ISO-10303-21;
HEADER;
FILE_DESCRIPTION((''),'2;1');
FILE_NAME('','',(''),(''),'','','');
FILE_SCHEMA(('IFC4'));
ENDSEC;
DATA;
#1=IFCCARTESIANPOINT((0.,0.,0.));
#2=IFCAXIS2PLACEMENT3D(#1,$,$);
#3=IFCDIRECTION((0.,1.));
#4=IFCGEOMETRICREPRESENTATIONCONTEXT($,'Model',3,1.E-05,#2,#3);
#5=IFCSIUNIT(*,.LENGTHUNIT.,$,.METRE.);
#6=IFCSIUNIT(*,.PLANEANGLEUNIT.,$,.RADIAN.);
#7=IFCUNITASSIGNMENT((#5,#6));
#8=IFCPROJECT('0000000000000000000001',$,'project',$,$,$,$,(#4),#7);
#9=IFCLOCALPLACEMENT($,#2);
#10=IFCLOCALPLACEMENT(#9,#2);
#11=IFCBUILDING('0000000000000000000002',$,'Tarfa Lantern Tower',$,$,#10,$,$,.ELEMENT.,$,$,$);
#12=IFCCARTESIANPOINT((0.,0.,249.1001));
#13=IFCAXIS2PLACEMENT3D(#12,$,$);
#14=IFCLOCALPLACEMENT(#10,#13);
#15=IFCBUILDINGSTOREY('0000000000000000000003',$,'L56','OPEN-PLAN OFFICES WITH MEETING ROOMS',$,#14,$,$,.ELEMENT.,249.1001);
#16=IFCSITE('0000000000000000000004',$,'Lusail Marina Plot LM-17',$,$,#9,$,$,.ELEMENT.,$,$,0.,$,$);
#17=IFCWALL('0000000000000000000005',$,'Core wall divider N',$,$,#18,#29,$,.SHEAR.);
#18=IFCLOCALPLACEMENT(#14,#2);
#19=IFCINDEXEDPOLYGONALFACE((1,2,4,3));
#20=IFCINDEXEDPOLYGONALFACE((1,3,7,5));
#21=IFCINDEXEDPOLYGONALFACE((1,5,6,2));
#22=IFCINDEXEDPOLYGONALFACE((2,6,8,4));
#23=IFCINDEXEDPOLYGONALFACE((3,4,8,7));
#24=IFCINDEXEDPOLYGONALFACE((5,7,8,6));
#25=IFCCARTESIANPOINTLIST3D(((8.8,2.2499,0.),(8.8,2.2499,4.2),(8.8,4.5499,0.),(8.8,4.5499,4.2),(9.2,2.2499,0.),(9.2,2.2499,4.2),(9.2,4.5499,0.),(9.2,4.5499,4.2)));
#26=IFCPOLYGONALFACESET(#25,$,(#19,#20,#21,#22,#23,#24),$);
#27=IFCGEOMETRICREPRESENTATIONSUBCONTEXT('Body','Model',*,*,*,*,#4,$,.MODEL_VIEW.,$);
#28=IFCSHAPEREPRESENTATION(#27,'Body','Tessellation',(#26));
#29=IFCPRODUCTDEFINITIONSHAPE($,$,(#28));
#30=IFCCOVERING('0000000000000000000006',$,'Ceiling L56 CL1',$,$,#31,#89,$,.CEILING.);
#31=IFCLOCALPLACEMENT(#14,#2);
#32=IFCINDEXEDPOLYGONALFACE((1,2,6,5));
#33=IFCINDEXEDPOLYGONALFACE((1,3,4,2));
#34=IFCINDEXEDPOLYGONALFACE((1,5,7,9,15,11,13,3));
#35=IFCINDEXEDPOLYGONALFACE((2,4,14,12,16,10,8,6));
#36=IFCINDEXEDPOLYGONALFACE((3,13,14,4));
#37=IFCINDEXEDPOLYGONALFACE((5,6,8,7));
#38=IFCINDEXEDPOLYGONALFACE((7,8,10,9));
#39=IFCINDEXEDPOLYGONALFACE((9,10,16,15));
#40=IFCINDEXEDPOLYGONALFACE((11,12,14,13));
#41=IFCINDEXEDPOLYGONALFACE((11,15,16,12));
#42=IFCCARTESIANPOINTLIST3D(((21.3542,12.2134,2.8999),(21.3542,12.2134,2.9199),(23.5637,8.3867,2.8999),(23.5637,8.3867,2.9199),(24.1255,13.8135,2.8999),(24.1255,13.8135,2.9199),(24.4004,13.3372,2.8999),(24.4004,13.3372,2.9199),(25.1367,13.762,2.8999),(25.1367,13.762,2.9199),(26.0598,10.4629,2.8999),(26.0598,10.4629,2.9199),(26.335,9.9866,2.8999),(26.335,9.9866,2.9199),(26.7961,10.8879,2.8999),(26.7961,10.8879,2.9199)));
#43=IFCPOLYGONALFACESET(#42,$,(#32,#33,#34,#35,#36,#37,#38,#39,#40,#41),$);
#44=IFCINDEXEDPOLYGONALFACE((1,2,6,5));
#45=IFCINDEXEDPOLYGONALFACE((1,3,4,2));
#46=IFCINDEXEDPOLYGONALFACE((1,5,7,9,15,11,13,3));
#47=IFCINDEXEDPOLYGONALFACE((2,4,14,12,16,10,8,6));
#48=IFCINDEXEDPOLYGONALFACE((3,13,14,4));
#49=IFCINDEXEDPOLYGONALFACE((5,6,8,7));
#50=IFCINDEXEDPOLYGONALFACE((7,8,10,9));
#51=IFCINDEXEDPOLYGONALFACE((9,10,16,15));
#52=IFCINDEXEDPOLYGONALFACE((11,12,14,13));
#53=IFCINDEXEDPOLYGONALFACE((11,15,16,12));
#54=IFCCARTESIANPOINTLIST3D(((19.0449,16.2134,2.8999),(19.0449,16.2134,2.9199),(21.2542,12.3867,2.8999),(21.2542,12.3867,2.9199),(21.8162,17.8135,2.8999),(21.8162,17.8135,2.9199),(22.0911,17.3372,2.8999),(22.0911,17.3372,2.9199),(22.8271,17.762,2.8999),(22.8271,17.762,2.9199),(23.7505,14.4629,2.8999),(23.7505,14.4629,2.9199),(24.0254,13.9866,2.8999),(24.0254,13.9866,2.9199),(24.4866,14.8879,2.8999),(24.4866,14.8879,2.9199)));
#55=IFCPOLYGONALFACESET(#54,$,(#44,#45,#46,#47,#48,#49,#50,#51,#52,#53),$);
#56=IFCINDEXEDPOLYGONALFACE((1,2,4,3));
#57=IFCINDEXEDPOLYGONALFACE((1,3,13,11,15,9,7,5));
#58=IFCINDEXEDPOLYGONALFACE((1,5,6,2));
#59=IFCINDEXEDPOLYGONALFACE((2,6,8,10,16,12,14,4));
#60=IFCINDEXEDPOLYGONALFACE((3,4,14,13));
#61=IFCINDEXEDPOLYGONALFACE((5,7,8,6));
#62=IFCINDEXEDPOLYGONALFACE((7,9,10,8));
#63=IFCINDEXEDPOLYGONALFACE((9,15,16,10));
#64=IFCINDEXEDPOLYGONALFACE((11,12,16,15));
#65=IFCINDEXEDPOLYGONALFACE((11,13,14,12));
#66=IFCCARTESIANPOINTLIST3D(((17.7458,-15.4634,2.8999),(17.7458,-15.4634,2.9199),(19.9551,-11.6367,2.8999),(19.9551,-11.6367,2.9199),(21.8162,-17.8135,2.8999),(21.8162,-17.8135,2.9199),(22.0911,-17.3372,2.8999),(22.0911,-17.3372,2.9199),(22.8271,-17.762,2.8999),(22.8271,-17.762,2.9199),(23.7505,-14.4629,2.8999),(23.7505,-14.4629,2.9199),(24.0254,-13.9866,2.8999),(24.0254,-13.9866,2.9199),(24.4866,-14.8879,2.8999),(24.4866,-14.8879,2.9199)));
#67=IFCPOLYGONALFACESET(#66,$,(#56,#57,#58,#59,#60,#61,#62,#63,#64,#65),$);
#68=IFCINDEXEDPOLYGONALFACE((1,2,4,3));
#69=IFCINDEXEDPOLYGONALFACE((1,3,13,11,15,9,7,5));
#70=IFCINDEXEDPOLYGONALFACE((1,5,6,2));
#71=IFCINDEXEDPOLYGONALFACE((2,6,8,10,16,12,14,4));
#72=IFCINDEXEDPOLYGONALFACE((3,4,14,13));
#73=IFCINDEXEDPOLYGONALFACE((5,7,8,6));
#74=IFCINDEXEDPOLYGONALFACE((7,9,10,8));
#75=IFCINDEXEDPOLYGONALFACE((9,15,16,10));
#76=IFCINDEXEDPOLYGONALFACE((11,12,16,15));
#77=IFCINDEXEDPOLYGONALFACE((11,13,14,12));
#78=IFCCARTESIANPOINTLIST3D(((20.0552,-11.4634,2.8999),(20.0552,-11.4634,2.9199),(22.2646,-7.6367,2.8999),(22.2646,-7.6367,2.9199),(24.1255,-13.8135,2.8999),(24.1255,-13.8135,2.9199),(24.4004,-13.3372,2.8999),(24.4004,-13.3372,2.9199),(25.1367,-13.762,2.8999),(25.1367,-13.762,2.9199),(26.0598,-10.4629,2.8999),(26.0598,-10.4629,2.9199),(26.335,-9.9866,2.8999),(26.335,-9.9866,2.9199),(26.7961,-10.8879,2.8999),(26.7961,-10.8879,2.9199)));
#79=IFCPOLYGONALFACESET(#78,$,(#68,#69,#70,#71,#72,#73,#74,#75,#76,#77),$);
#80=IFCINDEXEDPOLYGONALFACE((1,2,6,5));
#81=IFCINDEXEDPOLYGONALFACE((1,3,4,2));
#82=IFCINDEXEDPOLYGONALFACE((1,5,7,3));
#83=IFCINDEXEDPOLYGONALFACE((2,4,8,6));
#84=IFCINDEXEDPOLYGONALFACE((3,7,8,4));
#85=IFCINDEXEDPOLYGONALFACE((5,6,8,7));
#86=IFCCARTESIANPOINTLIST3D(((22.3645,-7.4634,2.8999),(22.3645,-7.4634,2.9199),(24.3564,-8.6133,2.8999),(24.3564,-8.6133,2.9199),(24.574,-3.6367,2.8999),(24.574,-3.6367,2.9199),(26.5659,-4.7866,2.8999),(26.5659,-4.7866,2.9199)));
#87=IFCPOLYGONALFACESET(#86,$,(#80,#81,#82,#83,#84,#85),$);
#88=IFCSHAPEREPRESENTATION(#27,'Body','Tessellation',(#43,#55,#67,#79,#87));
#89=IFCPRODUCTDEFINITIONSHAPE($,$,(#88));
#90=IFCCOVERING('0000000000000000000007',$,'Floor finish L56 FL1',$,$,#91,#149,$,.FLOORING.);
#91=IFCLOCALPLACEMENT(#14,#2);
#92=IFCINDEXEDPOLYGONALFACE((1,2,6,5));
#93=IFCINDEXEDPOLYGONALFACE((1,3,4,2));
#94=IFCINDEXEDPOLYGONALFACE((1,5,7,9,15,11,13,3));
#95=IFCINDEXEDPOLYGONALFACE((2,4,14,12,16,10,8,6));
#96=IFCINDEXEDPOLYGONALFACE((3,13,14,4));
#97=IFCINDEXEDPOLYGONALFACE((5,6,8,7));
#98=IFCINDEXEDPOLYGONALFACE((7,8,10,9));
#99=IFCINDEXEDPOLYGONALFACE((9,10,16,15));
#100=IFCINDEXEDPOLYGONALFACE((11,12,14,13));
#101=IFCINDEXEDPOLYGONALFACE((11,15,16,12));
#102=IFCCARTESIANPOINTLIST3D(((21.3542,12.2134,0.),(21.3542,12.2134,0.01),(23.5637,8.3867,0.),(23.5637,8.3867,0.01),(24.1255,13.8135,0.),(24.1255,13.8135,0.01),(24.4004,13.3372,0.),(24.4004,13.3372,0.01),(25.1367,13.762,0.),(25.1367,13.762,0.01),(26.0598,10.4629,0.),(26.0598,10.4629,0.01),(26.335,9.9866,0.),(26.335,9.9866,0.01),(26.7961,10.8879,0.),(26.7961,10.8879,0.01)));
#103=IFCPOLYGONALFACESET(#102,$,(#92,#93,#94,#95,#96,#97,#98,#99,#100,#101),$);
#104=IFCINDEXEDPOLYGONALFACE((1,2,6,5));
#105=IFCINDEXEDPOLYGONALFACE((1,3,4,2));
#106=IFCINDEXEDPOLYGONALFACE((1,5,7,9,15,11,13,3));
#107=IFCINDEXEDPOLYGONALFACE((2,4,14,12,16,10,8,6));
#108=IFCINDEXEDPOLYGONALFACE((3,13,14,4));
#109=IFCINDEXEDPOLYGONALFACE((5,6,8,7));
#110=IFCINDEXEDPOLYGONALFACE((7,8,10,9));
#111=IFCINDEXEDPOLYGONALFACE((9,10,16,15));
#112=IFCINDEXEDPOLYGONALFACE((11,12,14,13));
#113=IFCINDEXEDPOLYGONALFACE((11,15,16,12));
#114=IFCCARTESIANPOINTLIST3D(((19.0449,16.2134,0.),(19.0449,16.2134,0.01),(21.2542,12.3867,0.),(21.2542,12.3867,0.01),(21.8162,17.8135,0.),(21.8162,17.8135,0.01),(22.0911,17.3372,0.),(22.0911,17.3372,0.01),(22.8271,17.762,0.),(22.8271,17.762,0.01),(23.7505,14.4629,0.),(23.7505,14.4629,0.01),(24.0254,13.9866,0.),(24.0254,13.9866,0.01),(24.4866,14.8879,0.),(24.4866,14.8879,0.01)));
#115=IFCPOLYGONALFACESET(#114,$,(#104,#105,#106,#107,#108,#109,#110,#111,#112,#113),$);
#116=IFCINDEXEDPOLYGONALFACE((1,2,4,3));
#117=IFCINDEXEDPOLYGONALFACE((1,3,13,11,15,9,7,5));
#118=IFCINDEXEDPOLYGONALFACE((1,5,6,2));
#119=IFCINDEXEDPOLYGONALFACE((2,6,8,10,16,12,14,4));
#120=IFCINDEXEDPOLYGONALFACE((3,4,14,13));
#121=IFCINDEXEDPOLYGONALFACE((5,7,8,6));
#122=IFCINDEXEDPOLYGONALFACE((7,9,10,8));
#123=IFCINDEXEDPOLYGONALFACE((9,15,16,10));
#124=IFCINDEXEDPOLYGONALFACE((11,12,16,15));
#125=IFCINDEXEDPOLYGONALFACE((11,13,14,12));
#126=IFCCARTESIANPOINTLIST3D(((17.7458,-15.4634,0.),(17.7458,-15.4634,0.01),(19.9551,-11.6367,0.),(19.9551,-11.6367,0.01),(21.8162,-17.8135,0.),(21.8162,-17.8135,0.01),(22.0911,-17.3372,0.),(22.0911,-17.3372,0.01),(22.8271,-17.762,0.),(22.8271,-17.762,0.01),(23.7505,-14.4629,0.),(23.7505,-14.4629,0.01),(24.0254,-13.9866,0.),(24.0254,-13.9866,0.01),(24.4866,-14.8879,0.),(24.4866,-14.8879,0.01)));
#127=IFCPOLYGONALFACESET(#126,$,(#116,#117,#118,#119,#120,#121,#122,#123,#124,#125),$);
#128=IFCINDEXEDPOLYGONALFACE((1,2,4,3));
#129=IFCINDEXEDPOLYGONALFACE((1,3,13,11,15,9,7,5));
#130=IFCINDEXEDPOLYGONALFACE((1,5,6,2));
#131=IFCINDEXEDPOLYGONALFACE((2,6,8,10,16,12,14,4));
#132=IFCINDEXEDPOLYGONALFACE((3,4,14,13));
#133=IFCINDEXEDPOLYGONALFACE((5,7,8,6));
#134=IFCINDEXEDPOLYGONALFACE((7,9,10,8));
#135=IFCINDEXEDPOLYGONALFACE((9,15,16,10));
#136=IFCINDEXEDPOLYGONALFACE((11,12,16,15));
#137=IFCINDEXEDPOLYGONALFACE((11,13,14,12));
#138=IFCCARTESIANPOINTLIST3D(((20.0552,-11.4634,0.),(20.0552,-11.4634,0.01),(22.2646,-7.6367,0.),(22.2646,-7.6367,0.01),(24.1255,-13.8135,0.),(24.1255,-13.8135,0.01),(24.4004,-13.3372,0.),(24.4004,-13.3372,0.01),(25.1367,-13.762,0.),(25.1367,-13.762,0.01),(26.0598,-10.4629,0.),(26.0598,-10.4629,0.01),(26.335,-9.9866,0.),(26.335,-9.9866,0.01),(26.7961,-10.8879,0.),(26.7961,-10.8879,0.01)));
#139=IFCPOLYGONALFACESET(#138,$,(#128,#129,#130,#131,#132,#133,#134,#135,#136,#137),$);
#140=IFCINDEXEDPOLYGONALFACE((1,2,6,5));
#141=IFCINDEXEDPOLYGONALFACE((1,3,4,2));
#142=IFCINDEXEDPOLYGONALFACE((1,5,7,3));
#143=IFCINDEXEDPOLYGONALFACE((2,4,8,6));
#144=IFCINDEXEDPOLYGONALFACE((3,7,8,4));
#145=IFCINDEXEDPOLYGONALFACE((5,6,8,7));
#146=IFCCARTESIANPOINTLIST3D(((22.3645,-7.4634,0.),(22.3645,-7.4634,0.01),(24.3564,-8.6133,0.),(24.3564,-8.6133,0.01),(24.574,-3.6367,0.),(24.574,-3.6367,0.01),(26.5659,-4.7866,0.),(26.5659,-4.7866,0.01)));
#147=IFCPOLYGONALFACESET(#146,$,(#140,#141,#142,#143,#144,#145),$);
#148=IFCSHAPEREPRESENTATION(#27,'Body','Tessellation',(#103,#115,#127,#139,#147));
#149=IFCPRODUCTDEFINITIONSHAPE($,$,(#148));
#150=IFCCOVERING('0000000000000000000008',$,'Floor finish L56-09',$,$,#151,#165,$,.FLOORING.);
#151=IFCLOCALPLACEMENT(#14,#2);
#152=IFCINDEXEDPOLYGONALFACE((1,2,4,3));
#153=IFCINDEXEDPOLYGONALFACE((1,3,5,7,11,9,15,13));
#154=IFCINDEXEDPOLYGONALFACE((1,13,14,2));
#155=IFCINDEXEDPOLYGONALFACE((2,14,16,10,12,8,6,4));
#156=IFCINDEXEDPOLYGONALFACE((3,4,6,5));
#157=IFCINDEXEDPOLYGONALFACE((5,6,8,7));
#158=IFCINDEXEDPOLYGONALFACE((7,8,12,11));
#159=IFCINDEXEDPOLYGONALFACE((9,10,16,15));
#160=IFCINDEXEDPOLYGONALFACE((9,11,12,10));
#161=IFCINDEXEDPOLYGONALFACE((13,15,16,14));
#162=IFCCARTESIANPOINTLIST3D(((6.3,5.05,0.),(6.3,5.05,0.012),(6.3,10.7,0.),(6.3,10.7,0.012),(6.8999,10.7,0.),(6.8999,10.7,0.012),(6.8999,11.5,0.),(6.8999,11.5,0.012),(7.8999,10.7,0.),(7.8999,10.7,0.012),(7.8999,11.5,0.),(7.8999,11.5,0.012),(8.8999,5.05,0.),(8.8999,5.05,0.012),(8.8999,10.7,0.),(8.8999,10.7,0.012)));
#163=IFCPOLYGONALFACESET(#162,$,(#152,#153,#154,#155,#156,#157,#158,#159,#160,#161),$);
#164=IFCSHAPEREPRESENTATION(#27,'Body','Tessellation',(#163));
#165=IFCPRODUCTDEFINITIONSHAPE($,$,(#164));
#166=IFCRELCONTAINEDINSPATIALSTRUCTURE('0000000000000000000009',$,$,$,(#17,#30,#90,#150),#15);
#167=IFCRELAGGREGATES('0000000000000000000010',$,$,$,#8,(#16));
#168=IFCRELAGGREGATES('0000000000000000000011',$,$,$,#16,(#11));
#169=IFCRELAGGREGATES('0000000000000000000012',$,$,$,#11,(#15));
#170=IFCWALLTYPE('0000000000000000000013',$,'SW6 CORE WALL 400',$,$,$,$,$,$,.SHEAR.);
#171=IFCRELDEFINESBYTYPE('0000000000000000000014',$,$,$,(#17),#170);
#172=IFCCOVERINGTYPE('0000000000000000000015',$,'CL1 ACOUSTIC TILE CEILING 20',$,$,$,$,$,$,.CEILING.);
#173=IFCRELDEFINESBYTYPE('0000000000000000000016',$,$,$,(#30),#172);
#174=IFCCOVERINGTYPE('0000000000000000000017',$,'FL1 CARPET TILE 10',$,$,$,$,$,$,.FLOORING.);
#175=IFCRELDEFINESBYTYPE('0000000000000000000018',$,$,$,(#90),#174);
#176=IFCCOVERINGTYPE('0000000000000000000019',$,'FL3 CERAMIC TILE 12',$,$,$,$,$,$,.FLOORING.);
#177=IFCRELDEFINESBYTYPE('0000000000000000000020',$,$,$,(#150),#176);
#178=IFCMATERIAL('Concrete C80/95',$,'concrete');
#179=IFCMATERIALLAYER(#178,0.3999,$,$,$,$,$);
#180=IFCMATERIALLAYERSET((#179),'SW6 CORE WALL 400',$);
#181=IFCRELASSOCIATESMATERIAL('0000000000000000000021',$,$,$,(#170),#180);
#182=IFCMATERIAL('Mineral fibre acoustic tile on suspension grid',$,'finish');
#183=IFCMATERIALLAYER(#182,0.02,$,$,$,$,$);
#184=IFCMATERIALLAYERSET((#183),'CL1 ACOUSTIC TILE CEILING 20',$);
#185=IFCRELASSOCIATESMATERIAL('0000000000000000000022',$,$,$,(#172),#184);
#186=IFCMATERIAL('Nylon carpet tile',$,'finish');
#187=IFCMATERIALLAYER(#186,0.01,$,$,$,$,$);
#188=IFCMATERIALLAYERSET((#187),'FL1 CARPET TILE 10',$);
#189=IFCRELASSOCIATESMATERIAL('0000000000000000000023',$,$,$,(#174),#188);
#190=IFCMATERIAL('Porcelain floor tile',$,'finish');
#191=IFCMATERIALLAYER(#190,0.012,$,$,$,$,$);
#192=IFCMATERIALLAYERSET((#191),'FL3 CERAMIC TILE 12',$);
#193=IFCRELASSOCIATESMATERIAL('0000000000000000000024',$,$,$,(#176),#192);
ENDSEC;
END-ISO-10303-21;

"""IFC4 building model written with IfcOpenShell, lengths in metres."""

from ifc_helpers import new_model, si_unit, direction, frame, frame_2d, origin, place, context, subcontext, project, spatial, polyline, rectangle, outline, extrude, material, layer, layer_set, type_object, element, save


model = new_model("IFC4")

# Units and contexts
model_context = context("Model", 3, precision=1e-05, world=origin(), true_north=direction((0.0, 1.0)))
body_context = subcontext(model_context, "Body", "Model", "MODEL_VIEW")
ifc_project = project(units=[si_unit("LENGTHUNIT", "METRE"), si_unit("PLANEANGLEUNIT", "RADIAN")], contexts=[model_context])

# Site, building, storey
site_placement = place(None, origin())
site = spatial("IfcSite", under=ifc_project, at=site_placement, Name="Lusail Marina Plot LM-17", CompositionType="ELEMENT", RefElevation=0.0)
building_placement = place(site_placement, origin())
building = spatial("IfcBuilding", under=site, at=building_placement, Name="Tarfa Lantern Tower", CompositionType="ELEMENT")
storey_placement = place(building_placement, frame((0.0, 0.0, 249.1001)))
storey = spatial("IfcBuildingStorey", under=building, at=storey_placement, Name="L56", Description="OPEN-PLAN OFFICES WITH MEETING ROOMS", CompositionType="ELEMENT", Elevation=249.1001)

# Shared definitions
ifc_material_1 = material(Name="Concrete C80/95", Category="concrete")

# Wall
ifc_layer_1 = layer(ifc_material_1, 0.3999)
ifc_layer_set_1 = layer_set([ifc_layer_1], Name="SW6 CORE WALL 400")
wall_type_1 = type_object("IfcWallType", Name="SW6 CORE WALL 400", PredefinedType="SHEAR", material=ifc_layer_set_1)
wall_1_placement = place(storey_placement, frame((9.0, 2.25, 0.0), z_axis=(0.0, 0.0, 1.0), x_axis=(0.0, 1.0, 0.0)))
element("IfcWall", 1, at=wall_1_placement, inside=storey, type_object=wall_type_1, Name="Core wall divider N", PredefinedType="SHEAR", context=body_context, shape_type="SweptSolid", body=[
    extrude(rectangle(XDim=2.3, YDim=0.3999, at=frame_2d((1.1499, 0.0))), origin(), (0.0, 0.0, 1.0), 4.2),
])

# Coverings
ifc_material_2 = material(Name="Mineral fibre acoustic tile on suspension grid", Category="finish")
ifc_layer_2 = layer(ifc_material_2, 0.02)
ifc_layer_set_2 = layer_set([ifc_layer_2], Name="CL1 ACOUSTIC TILE CEILING 20")
covering_type_1 = type_object("IfcCoveringType", Name="CL1 ACOUSTIC TILE CEILING 20", PredefinedType="CEILING", material=ifc_layer_set_2)
covering_1_placement = place(storey_placement, frame((0.0, 0.0, 2.8999)))
element("IfcCovering", 2, at=covering_1_placement, inside=storey, type_object=covering_type_1, Name="Ceiling L56 CL1", PredefinedType="CEILING", context=body_context, shape_type="SweptSolid", body=[
    extrude(outline(polyline([(21.3542, 12.2134), (24.1255, 13.8135), (24.4004, 13.3372), (25.1367, 13.762), (26.7961, 10.8879), (26.0598, 10.4629), (26.335, 9.9866), (23.5637, 8.3867), (21.3542, 12.2134)])), origin(), (0.0, 0.0, 1.0), 0.02),
    extrude(outline(polyline([(19.0449, 16.2134), (21.8162, 17.8135), (22.0911, 17.3372), (22.8271, 17.762), (24.4866, 14.8879), (23.7505, 14.4629), (24.0254, 13.9866), (21.2542, 12.3867), (19.0449, 16.2134)])), origin(), (0.0, 0.0, 1.0), 0.02),
    extrude(outline(polyline([(19.9551, -11.6367), (24.0254, -13.9866), (23.7505, -14.4629), (24.4866, -14.8879), (22.8271, -17.762), (22.0911, -17.3372), (21.8162, -17.8135), (17.7458, -15.4634), (19.9551, -11.6367)])), origin(), (0.0, 0.0, 1.0), 0.02),
    extrude(outline(polyline([(22.2646, -7.6367), (26.335, -9.9866), (26.0598, -10.4629), (26.7961, -10.8879), (25.1367, -13.762), (24.4004, -13.3372), (24.1255, -13.8135), (20.0552, -11.4634), (22.2646, -7.6367)])), origin(), (0.0, 0.0, 1.0), 0.02),
    extrude(outline(polyline([(24.574, -3.6367), (26.5659, -4.7866), (24.3564, -8.6133), (22.3645, -7.4634), (24.574, -3.6367)])), origin(), (0.0, 0.0, 1.0), 0.02),
])
ifc_material_3 = material(Name="Nylon carpet tile", Category="finish")
ifc_layer_3 = layer(ifc_material_3, 0.01)
ifc_layer_set_3 = layer_set([ifc_layer_3], Name="FL1 CARPET TILE 10")
covering_type_2 = type_object("IfcCoveringType", Name="FL1 CARPET TILE 10", PredefinedType="FLOORING", material=ifc_layer_set_3)
covering_2_placement = place(storey_placement, origin())
element("IfcCovering", 3, at=covering_2_placement, inside=storey, type_object=covering_type_2, Name="Floor finish L56 FL1", PredefinedType="FLOORING", context=body_context, shape_type="SweptSolid", body=[
    extrude(outline(polyline([(21.3542, 12.2134), (24.1255, 13.8135), (24.4004, 13.3372), (25.1367, 13.762), (26.7961, 10.8879), (26.0598, 10.4629), (26.335, 9.9866), (23.5637, 8.3867), (21.3542, 12.2134)])), origin(), (0.0, 0.0, 1.0), 0.01),
    extrude(outline(polyline([(19.0449, 16.2134), (21.8162, 17.8135), (22.0911, 17.3372), (22.8271, 17.762), (24.4866, 14.8879), (23.7505, 14.4629), (24.0254, 13.9866), (21.2542, 12.3867), (19.0449, 16.2134)])), origin(), (0.0, 0.0, 1.0), 0.01),
    extrude(outline(polyline([(19.9551, -11.6367), (24.0254, -13.9866), (23.7505, -14.4629), (24.4866, -14.8879), (22.8271, -17.762), (22.0911, -17.3372), (21.8162, -17.8135), (17.7458, -15.4634), (19.9551, -11.6367)])), origin(), (0.0, 0.0, 1.0), 0.01),
    extrude(outline(polyline([(22.2646, -7.6367), (26.335, -9.9866), (26.0598, -10.4629), (26.7961, -10.8879), (25.1367, -13.762), (24.4004, -13.3372), (24.1255, -13.8135), (20.0552, -11.4634), (22.2646, -7.6367)])), origin(), (0.0, 0.0, 1.0), 0.01),
    extrude(outline(polyline([(24.574, -3.6367), (26.5659, -4.7866), (24.3564, -8.6133), (22.3645, -7.4634), (24.574, -3.6367)])), origin(), (0.0, 0.0, 1.0), 0.01),
])
ifc_material_4 = material(Name="Porcelain floor tile", Category="finish")
ifc_layer_4 = layer(ifc_material_4, 0.012)
ifc_layer_set_4 = layer_set([ifc_layer_4], Name="FL3 CERAMIC TILE 12")
covering_type_3 = type_object("IfcCoveringType", Name="FL3 CERAMIC TILE 12", PredefinedType="FLOORING", material=ifc_layer_set_4)
covering_3_placement = place(storey_placement, origin())
element("IfcCovering", 4, at=covering_3_placement, inside=storey, type_object=covering_type_3, Name="Floor finish L56-09", PredefinedType="FLOORING", context=body_context, shape_type="SweptSolid", body=[
    extrude(outline(polyline([(6.3, 5.05), (8.8999, 5.05), (8.8999, 10.7), (7.8999, 10.7), (7.8999, 11.5), (6.8999, 11.5), (6.8999, 10.7), (6.3, 10.7), (6.3, 5.05)])), origin(), (0.0, 0.0, 1.0), 0.012),
])

save(model, "model.ifc")
